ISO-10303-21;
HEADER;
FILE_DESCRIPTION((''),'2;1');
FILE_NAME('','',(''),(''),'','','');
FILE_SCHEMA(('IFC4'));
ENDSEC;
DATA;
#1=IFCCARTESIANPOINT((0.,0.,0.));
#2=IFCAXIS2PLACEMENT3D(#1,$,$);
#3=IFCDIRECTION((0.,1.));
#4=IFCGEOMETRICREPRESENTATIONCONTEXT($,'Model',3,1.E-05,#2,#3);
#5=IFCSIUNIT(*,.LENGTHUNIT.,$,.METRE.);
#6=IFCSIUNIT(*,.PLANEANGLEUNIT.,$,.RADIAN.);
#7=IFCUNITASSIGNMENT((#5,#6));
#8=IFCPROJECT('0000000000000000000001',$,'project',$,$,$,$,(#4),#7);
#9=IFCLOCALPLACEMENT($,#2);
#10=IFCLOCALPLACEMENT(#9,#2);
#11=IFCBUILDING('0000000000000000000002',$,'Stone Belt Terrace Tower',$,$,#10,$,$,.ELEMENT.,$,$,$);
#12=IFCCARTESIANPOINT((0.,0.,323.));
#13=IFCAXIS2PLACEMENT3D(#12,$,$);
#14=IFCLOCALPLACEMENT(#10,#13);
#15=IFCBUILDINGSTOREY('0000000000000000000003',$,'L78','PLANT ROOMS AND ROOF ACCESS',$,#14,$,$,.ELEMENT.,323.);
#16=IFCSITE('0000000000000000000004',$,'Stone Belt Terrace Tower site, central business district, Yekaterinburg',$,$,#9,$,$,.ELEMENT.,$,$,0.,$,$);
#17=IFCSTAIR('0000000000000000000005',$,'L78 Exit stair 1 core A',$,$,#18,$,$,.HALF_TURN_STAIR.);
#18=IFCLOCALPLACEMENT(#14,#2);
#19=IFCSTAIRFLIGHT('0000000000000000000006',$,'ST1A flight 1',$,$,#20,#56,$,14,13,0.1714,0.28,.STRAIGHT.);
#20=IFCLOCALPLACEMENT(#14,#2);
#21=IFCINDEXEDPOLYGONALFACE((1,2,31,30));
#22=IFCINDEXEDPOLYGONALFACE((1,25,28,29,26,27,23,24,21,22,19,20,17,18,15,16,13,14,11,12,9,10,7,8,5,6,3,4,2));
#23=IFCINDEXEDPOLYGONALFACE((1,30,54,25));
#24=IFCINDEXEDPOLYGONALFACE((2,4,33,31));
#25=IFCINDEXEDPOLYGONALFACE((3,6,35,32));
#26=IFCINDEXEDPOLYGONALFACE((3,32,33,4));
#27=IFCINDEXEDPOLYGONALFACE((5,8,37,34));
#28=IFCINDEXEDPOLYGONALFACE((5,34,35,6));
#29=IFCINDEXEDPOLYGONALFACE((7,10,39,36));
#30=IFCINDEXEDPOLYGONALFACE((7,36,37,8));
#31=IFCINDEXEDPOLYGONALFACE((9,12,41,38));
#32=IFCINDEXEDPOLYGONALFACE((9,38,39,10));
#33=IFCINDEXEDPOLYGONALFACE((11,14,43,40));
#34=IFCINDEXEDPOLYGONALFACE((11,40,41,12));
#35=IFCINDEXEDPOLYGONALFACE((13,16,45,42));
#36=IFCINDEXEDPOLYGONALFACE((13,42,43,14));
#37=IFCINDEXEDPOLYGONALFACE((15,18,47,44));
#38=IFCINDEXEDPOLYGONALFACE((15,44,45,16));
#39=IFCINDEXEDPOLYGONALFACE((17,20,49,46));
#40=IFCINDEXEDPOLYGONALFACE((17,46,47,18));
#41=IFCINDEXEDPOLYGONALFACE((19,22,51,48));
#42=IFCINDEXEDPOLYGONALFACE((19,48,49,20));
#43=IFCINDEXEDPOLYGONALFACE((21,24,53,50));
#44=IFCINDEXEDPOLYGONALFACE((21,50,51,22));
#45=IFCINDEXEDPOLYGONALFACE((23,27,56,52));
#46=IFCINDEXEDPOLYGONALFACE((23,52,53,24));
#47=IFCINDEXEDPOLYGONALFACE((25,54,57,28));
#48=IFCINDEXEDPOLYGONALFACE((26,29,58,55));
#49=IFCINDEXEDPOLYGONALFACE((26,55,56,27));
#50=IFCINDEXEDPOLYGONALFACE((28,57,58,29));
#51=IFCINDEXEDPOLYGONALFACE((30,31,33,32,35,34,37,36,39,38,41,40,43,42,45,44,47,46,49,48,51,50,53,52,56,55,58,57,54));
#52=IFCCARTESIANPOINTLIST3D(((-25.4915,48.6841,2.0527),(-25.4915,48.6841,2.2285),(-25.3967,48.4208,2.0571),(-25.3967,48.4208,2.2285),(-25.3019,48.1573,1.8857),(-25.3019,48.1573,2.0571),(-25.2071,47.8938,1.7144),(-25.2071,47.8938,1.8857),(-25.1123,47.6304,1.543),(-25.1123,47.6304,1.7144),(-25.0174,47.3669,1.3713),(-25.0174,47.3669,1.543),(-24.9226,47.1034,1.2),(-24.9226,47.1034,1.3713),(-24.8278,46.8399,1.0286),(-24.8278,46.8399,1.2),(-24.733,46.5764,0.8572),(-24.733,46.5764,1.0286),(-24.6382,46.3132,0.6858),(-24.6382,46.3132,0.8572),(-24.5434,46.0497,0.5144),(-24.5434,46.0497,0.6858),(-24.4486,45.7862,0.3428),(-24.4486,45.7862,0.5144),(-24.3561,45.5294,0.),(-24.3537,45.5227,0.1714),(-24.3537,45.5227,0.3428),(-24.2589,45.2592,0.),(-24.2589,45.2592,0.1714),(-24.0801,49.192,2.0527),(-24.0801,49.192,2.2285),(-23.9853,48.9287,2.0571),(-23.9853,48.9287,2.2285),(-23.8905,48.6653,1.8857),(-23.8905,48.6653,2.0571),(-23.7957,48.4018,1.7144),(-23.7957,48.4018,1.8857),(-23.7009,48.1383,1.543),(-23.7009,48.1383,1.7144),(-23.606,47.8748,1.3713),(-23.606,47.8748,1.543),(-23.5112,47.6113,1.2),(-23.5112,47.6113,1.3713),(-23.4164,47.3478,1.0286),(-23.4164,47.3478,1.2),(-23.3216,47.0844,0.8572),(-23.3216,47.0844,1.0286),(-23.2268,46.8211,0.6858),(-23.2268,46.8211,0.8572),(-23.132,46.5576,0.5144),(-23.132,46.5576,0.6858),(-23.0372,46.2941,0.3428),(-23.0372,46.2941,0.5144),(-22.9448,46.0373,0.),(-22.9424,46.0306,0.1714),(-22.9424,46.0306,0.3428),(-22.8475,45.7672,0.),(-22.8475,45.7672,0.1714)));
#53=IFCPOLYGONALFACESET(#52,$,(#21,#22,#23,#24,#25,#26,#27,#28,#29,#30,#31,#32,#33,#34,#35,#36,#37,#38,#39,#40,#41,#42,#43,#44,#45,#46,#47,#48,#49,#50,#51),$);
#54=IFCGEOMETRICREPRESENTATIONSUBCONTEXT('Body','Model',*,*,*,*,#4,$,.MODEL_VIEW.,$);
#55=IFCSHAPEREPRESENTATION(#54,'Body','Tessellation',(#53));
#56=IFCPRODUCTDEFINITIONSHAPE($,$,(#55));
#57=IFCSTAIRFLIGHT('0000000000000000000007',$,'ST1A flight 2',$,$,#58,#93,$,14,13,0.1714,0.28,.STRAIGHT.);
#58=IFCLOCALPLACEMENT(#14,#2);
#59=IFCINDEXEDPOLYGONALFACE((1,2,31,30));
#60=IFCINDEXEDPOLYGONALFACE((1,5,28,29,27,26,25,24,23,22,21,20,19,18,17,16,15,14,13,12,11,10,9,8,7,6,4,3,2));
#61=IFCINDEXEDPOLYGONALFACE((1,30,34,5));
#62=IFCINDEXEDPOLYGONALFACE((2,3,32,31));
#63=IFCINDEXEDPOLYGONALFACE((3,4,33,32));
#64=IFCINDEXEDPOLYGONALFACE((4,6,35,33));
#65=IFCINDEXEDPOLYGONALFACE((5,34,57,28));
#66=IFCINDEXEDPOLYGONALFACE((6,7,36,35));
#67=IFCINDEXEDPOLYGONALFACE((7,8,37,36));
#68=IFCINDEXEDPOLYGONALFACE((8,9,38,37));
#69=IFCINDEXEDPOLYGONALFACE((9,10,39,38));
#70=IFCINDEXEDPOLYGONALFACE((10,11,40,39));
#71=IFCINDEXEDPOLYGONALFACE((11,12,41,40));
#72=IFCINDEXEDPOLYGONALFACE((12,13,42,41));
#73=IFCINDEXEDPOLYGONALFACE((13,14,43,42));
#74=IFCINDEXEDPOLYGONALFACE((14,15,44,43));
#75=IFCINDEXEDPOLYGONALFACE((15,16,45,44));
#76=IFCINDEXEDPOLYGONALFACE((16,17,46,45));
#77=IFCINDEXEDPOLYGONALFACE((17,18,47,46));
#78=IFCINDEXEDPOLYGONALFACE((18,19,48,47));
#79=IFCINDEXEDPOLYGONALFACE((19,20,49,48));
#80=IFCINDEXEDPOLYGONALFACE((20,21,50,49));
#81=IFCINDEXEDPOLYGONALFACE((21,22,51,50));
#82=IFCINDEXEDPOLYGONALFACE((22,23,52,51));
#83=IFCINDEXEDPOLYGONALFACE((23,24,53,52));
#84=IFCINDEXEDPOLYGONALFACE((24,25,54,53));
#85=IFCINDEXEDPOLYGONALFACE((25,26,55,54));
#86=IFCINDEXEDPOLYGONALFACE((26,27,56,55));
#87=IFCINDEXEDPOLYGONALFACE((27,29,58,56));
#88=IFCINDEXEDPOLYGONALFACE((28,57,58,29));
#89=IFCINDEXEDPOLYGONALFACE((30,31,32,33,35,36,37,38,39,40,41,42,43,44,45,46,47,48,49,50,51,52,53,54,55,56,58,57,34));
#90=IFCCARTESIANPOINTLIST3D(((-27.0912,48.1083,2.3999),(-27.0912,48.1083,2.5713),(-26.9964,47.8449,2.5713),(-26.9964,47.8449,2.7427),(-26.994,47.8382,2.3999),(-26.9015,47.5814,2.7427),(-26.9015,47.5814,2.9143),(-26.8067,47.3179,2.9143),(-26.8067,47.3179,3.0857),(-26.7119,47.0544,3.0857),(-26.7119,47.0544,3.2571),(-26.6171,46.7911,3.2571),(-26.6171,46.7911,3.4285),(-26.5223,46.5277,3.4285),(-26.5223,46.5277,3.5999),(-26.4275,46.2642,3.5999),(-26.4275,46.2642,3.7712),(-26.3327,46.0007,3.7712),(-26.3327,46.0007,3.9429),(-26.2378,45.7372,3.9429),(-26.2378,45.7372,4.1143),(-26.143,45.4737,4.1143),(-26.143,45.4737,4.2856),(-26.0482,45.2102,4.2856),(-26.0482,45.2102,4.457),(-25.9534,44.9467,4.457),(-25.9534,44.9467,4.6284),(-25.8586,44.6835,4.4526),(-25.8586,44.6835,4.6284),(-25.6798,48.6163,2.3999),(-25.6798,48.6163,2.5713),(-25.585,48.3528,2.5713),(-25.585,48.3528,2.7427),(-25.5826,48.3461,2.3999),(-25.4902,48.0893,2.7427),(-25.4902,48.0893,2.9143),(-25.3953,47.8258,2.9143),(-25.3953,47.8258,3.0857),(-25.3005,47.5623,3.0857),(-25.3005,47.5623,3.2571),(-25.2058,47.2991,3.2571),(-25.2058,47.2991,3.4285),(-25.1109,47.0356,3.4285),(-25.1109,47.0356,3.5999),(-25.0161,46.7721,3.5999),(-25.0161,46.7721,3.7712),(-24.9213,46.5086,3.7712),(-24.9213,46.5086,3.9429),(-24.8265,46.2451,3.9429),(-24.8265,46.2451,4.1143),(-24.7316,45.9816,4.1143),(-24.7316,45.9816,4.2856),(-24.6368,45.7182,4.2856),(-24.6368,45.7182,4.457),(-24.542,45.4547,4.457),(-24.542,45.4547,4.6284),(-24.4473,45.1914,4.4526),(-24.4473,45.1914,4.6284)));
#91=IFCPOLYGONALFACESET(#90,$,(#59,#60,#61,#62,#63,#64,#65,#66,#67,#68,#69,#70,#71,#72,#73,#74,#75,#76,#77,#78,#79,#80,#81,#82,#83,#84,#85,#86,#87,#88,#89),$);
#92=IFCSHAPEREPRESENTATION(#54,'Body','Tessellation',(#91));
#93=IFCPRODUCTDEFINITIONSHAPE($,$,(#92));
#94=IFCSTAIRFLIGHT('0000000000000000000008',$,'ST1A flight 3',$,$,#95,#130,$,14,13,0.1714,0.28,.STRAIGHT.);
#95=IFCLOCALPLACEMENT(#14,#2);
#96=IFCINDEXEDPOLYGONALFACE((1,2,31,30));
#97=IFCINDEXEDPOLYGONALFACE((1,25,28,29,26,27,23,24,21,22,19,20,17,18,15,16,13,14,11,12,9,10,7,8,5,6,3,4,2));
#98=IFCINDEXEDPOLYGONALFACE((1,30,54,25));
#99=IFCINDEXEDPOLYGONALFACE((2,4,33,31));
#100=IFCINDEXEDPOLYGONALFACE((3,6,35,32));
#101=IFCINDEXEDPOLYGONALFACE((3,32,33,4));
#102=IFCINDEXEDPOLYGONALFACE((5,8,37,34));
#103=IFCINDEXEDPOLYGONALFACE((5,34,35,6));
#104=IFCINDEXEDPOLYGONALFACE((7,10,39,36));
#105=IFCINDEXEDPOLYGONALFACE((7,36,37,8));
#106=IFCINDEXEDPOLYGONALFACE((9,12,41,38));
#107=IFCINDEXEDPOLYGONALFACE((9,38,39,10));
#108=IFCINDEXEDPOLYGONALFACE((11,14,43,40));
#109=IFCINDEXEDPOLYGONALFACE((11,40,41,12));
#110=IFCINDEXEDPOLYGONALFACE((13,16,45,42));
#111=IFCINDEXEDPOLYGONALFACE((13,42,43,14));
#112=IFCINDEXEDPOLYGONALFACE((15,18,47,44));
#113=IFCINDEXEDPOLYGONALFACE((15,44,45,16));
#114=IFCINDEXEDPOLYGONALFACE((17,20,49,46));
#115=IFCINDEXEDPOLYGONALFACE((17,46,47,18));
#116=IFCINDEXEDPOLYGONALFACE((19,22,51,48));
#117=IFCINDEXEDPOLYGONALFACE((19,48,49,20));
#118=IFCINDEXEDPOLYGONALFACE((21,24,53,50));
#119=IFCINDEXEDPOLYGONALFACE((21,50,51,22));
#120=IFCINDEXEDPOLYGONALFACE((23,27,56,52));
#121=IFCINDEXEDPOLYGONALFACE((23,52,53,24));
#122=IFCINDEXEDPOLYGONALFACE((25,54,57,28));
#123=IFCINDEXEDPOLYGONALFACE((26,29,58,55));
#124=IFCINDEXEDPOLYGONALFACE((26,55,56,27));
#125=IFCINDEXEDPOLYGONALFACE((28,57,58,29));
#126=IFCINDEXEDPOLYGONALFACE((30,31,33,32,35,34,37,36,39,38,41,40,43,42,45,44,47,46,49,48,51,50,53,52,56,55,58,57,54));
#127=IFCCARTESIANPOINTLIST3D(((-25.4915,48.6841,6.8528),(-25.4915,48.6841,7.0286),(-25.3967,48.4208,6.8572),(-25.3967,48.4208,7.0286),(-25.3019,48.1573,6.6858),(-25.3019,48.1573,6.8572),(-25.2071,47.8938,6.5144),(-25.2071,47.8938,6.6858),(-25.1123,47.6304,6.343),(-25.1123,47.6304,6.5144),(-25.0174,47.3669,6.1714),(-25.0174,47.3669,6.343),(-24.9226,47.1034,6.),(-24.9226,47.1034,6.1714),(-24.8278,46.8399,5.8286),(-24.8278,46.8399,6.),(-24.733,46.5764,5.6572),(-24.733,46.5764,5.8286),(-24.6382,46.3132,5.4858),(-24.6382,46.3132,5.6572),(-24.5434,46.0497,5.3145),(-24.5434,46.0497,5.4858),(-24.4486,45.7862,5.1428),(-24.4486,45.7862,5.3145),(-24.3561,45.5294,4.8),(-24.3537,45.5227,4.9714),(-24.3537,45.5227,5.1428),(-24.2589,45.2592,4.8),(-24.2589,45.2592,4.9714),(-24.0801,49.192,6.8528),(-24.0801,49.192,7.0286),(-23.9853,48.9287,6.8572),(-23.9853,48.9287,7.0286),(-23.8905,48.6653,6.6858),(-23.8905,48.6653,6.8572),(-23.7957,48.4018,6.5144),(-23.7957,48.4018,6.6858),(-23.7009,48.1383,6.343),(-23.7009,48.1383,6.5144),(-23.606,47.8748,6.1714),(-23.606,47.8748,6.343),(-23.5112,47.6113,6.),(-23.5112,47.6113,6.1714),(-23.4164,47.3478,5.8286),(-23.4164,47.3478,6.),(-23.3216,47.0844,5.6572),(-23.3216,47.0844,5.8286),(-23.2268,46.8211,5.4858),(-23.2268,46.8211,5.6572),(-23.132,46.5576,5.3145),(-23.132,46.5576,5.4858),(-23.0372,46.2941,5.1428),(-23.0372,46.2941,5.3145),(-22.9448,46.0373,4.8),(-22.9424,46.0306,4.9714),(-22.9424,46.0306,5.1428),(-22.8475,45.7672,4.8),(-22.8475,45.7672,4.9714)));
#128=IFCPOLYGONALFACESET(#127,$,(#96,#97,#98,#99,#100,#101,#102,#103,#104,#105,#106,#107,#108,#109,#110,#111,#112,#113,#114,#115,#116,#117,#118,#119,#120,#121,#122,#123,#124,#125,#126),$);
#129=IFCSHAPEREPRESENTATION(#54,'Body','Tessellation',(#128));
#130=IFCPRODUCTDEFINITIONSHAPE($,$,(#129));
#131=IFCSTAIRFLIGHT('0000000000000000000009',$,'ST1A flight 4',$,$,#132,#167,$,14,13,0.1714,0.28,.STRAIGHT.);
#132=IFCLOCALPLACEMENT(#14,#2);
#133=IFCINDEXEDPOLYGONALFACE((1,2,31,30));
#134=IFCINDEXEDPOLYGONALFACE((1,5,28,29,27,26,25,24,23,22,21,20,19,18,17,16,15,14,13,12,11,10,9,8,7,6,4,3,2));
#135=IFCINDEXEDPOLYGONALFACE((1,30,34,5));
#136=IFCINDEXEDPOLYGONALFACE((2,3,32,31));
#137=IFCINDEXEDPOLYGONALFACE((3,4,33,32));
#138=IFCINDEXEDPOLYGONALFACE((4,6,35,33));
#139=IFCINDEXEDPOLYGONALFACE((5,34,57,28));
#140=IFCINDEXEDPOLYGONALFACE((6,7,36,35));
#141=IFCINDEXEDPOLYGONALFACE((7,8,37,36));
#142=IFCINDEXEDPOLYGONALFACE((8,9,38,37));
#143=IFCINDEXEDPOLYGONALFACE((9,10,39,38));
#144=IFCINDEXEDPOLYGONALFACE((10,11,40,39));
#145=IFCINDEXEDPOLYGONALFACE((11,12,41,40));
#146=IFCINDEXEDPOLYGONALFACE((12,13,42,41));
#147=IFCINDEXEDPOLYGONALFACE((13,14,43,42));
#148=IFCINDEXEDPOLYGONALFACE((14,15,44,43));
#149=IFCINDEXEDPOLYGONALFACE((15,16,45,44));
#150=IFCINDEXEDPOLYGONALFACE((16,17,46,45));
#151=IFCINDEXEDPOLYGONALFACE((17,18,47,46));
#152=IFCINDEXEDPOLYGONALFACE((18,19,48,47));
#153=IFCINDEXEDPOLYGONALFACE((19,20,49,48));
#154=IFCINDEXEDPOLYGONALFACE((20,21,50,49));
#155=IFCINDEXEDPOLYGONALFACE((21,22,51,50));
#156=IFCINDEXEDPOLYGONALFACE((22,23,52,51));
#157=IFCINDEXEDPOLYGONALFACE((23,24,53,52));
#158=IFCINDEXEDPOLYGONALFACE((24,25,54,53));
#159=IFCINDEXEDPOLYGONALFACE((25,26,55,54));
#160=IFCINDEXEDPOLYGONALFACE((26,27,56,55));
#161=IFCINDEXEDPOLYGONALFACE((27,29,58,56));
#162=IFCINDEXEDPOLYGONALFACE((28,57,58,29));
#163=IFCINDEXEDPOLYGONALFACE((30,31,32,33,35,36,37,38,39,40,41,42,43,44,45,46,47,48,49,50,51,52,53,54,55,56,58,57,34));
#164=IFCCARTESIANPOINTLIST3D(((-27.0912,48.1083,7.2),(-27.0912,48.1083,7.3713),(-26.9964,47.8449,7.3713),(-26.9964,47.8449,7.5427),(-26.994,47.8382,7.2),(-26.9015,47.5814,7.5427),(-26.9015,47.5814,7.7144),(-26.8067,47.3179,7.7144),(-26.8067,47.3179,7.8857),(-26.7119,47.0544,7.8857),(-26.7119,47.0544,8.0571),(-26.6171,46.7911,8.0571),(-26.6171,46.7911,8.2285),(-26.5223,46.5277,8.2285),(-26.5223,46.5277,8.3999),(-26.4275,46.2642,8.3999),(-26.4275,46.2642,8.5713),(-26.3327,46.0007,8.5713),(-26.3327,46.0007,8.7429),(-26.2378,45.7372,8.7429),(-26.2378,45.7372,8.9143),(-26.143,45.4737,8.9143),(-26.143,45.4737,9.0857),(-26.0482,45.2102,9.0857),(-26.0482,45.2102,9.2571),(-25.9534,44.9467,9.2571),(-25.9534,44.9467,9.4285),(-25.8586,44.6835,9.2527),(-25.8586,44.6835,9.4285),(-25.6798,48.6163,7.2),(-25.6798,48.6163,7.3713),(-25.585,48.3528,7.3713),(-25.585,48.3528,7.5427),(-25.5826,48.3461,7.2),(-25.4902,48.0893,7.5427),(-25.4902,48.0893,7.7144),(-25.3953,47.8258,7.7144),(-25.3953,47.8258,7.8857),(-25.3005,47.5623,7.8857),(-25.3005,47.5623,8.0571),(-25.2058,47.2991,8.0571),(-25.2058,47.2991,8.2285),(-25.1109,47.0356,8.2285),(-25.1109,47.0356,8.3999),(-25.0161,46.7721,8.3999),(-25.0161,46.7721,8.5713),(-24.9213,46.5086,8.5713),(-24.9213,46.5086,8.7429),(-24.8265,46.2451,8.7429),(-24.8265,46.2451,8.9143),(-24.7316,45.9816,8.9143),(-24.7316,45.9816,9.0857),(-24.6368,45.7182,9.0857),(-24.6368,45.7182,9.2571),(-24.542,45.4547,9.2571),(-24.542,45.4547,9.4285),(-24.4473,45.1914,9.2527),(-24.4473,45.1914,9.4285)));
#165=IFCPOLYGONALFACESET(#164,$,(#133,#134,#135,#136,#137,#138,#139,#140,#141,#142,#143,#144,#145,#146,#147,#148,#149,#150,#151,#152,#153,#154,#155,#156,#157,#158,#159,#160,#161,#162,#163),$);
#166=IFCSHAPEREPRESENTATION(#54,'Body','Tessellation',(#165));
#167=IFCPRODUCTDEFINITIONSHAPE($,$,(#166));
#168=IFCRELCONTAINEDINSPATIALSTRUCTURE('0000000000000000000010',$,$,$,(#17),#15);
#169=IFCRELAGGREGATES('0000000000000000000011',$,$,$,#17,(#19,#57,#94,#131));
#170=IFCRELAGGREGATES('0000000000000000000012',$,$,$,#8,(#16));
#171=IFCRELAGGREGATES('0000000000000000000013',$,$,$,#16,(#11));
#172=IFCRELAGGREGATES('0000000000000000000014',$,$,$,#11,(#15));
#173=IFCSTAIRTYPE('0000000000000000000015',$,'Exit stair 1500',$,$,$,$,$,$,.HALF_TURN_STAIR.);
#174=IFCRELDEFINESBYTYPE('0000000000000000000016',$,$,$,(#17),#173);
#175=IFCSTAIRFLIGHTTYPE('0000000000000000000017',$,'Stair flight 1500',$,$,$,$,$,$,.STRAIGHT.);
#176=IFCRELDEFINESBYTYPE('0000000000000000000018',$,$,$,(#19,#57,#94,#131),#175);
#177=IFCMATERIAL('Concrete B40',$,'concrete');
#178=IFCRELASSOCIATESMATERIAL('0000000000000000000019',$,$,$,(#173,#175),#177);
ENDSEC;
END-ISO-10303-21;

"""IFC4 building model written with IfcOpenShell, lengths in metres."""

from ifc_helpers import new_model, si_unit, direction, frame, origin, place, context, subcontext, project, spatial, polyline, outline, extrude, material, type_object, element, aggregate, save


model = new_model("IFC4")

# Units and contexts
model_context = context("Model", 3, precision=1e-05, world=origin(), true_north=direction((0.0, 1.0)))
body_context = subcontext(model_context, "Body", "Model", "MODEL_VIEW")
ifc_project = project(units=[si_unit("LENGTHUNIT", "METRE"), si_unit("PLANEANGLEUNIT", "RADIAN")], contexts=[model_context])

# Site, building, storey
site_placement = place(None, origin())
site = spatial("IfcSite", under=ifc_project, at=site_placement, Name="Stone Belt Terrace Tower site, central business district, Yekaterinburg", CompositionType="ELEMENT", RefElevation=0.0)
building_placement = place(site_placement, origin())
building = spatial("IfcBuilding", under=site, at=building_placement, Name="Stone Belt Terrace Tower", CompositionType="ELEMENT")
storey_placement = place(building_placement, frame((0.0, 0.0, 323.0)))
storey = spatial("IfcBuildingStorey", under=building, at=storey_placement, Name="L78", Description="PLANT ROOMS AND ROOF ACCESS", CompositionType="ELEMENT", Elevation=323.0)

# Stair, stair flights
ifc_material_1 = material(Name="Concrete B40", Category="concrete")
stair_type = type_object("IfcStairType", Name="Exit stair 1500", PredefinedType="HALF_TURN_STAIR", material=ifc_material_1)
stair_placement = place(storey_placement, origin())
stair = element("IfcStair", 1, at=stair_placement, inside=storey, type_object=stair_type, Name="L78 Exit stair 1 core A", PredefinedType="HALF_TURN_STAIR")
stair_flight_type = type_object("IfcStairFlightType", Name="Stair flight 1500", PredefinedType="STRAIGHT", material=ifc_material_1)
stair_flight_1_placement = place(storey_placement, frame((-23.5532, 45.5132, 0.0), z_axis=(0.0, 0.0, 1.0), x_axis=(-0.338624, 0.940922, 0.0)))
stair_flight_1 = element("IfcStairFlight", 2, at=stair_flight_1_placement, type_object=stair_flight_type, Name="ST1A flight 1", NumberOfRisers=14, NumberOfTreads=13, PredefinedType="STRAIGHT", RiserHeight=0.1714, TreadLength=0.28, context=body_context, shape_type="SweptSolid", body=[
    extrude(outline(polyline([(0.0, 0.0), (0.0, 0.1714), (0.28, 0.1714), (0.28, 0.3428), (0.5601, 0.3428), (0.5601, 0.5144), (0.8401, 0.5144), (0.8401, 0.6858), (1.1201, 0.6858), (1.1201, 0.8572), (1.3999, 0.8572), (1.3999, 1.0286), (1.6799, 1.0286), (1.6799, 1.2), (1.96, 1.2), (1.96, 1.3713), (2.24, 1.3713), (2.24, 1.543), (2.52, 1.543), (2.52, 1.7144), (2.8, 1.7144), (2.8, 1.8857), (3.0801, 1.8857), (3.0801, 2.0571), (3.3601, 2.0571), (3.3601, 2.2285), (3.6399, 2.2285), (3.6399, 2.3999), (3.6399, 2.0527), (0.2871, 0.0), (0.0, 0.0)])), frame((0.0, 0.75, 0.0), z_axis=(0.0, -1.0, 0.0), x_axis=(1.0, 0.0, 0.0)), (0.0, 0.0, 1.0), 1.5),
])
stair_flight_2_placement = place(storey_placement, frame((-26.3855, 48.3623, 2.3999), z_axis=(0.0, 0.0, 1.0), x_axis=(0.338624, -0.940922, 0.0)))
stair_flight_2 = element("IfcStairFlight", 3, at=stair_flight_2_placement, type_object=stair_flight_type, Name="ST1A flight 2", NumberOfRisers=14, NumberOfTreads=13, PredefinedType="STRAIGHT", RiserHeight=0.1714, TreadLength=0.28, context=body_context, shape_type="SweptSolid", body=[
    extrude(outline(polyline([(0.0, 0.0), (0.0, 0.1714), (0.28, 0.1714), (0.28, 0.3428), (0.5601, 0.3428), (0.5601, 0.5144), (0.8401, 0.5144), (0.8401, 0.6858), (1.1201, 0.6858), (1.1201, 0.8572), (1.3999, 0.8572), (1.3999, 1.0286), (1.6799, 1.0286), (1.6799, 1.2), (1.96, 1.2), (1.96, 1.3713), (2.24, 1.3713), (2.24, 1.543), (2.52, 1.543), (2.52, 1.7144), (2.8, 1.7144), (2.8, 1.8857), (3.0801, 1.8857), (3.0801, 2.0571), (3.3601, 2.0571), (3.3601, 2.2285), (3.6399, 2.2285), (3.6399, 2.3999), (3.6399, 2.0527), (0.2871, 0.0), (0.0, 0.0)])), frame((0.0, 0.75, 0.0), z_axis=(0.0, -1.0, 0.0), x_axis=(1.0, 0.0, 0.0)), (0.0, 0.0, 1.0), 1.5),
])
stair_flight_3_placement = place(storey_placement, frame((-23.5532, 45.5132, 4.8), z_axis=(0.0, 0.0, 1.0), x_axis=(-0.338624, 0.940922, 0.0)))
stair_flight_3 = element("IfcStairFlight", 4, at=stair_flight_3_placement, type_object=stair_flight_type, Name="ST1A flight 3", NumberOfRisers=14, NumberOfTreads=13, PredefinedType="STRAIGHT", RiserHeight=0.1714, TreadLength=0.28, context=body_context, shape_type="SweptSolid", body=[
    extrude(outline(polyline([(0.0, 0.0), (0.0, 0.1714), (0.28, 0.1714), (0.28, 0.3428), (0.5601, 0.3428), (0.5601, 0.5144), (0.8401, 0.5144), (0.8401, 0.6858), (1.1201, 0.6858), (1.1201, 0.8572), (1.3999, 0.8572), (1.3999, 1.0286), (1.6799, 1.0286), (1.6799, 1.2), (1.96, 1.2), (1.96, 1.3713), (2.24, 1.3713), (2.24, 1.543), (2.52, 1.543), (2.52, 1.7144), (2.8, 1.7144), (2.8, 1.8857), (3.0801, 1.8857), (3.0801, 2.0571), (3.3601, 2.0571), (3.3601, 2.2285), (3.6399, 2.2285), (3.6399, 2.3999), (3.6399, 2.0527), (0.2871, 0.0), (0.0, 0.0)])), frame((0.0, 0.75, 0.0), z_axis=(0.0, -1.0, 0.0), x_axis=(1.0, 0.0, 0.0)), (0.0, 0.0, 1.0), 1.5),
])
stair_flight_4_placement = place(storey_placement, frame((-26.3855, 48.3623, 7.2), z_axis=(0.0, 0.0, 1.0), x_axis=(0.338624, -0.940922, 0.0)))
stair_flight_4 = element("IfcStairFlight", 5, at=stair_flight_4_placement, type_object=stair_flight_type, Name="ST1A flight 4", NumberOfRisers=14, NumberOfTreads=13, PredefinedType="STRAIGHT", RiserHeight=0.1714, TreadLength=0.28, context=body_context, shape_type="SweptSolid", body=[
    extrude(outline(polyline([(0.0, 0.0), (0.0, 0.1714), (0.28, 0.1714), (0.28, 0.3428), (0.5601, 0.3428), (0.5601, 0.5144), (0.8401, 0.5144), (0.8401, 0.6858), (1.1201, 0.6858), (1.1201, 0.8572), (1.3999, 0.8572), (1.3999, 1.0286), (1.6799, 1.0286), (1.6799, 1.2), (1.96, 1.2), (1.96, 1.3713), (2.24, 1.3713), (2.24, 1.543), (2.52, 1.543), (2.52, 1.7144), (2.8, 1.7144), (2.8, 1.8857), (3.0801, 1.8857), (3.0801, 2.0571), (3.3601, 2.0571), (3.3601, 2.2285), (3.6399, 2.2285), (3.6399, 2.3999), (3.6399, 2.0527), (0.2871, 0.0), (0.0, 0.0)])), frame((0.0, 0.75, 0.0), z_axis=(0.0, -1.0, 0.0), x_axis=(1.0, 0.0, 0.0)), (0.0, 0.0, 1.0), 1.5),
])
aggregate(stair, [stair_flight_1, stair_flight_2, stair_flight_3, stair_flight_4])

save(model, "model.ifc")
